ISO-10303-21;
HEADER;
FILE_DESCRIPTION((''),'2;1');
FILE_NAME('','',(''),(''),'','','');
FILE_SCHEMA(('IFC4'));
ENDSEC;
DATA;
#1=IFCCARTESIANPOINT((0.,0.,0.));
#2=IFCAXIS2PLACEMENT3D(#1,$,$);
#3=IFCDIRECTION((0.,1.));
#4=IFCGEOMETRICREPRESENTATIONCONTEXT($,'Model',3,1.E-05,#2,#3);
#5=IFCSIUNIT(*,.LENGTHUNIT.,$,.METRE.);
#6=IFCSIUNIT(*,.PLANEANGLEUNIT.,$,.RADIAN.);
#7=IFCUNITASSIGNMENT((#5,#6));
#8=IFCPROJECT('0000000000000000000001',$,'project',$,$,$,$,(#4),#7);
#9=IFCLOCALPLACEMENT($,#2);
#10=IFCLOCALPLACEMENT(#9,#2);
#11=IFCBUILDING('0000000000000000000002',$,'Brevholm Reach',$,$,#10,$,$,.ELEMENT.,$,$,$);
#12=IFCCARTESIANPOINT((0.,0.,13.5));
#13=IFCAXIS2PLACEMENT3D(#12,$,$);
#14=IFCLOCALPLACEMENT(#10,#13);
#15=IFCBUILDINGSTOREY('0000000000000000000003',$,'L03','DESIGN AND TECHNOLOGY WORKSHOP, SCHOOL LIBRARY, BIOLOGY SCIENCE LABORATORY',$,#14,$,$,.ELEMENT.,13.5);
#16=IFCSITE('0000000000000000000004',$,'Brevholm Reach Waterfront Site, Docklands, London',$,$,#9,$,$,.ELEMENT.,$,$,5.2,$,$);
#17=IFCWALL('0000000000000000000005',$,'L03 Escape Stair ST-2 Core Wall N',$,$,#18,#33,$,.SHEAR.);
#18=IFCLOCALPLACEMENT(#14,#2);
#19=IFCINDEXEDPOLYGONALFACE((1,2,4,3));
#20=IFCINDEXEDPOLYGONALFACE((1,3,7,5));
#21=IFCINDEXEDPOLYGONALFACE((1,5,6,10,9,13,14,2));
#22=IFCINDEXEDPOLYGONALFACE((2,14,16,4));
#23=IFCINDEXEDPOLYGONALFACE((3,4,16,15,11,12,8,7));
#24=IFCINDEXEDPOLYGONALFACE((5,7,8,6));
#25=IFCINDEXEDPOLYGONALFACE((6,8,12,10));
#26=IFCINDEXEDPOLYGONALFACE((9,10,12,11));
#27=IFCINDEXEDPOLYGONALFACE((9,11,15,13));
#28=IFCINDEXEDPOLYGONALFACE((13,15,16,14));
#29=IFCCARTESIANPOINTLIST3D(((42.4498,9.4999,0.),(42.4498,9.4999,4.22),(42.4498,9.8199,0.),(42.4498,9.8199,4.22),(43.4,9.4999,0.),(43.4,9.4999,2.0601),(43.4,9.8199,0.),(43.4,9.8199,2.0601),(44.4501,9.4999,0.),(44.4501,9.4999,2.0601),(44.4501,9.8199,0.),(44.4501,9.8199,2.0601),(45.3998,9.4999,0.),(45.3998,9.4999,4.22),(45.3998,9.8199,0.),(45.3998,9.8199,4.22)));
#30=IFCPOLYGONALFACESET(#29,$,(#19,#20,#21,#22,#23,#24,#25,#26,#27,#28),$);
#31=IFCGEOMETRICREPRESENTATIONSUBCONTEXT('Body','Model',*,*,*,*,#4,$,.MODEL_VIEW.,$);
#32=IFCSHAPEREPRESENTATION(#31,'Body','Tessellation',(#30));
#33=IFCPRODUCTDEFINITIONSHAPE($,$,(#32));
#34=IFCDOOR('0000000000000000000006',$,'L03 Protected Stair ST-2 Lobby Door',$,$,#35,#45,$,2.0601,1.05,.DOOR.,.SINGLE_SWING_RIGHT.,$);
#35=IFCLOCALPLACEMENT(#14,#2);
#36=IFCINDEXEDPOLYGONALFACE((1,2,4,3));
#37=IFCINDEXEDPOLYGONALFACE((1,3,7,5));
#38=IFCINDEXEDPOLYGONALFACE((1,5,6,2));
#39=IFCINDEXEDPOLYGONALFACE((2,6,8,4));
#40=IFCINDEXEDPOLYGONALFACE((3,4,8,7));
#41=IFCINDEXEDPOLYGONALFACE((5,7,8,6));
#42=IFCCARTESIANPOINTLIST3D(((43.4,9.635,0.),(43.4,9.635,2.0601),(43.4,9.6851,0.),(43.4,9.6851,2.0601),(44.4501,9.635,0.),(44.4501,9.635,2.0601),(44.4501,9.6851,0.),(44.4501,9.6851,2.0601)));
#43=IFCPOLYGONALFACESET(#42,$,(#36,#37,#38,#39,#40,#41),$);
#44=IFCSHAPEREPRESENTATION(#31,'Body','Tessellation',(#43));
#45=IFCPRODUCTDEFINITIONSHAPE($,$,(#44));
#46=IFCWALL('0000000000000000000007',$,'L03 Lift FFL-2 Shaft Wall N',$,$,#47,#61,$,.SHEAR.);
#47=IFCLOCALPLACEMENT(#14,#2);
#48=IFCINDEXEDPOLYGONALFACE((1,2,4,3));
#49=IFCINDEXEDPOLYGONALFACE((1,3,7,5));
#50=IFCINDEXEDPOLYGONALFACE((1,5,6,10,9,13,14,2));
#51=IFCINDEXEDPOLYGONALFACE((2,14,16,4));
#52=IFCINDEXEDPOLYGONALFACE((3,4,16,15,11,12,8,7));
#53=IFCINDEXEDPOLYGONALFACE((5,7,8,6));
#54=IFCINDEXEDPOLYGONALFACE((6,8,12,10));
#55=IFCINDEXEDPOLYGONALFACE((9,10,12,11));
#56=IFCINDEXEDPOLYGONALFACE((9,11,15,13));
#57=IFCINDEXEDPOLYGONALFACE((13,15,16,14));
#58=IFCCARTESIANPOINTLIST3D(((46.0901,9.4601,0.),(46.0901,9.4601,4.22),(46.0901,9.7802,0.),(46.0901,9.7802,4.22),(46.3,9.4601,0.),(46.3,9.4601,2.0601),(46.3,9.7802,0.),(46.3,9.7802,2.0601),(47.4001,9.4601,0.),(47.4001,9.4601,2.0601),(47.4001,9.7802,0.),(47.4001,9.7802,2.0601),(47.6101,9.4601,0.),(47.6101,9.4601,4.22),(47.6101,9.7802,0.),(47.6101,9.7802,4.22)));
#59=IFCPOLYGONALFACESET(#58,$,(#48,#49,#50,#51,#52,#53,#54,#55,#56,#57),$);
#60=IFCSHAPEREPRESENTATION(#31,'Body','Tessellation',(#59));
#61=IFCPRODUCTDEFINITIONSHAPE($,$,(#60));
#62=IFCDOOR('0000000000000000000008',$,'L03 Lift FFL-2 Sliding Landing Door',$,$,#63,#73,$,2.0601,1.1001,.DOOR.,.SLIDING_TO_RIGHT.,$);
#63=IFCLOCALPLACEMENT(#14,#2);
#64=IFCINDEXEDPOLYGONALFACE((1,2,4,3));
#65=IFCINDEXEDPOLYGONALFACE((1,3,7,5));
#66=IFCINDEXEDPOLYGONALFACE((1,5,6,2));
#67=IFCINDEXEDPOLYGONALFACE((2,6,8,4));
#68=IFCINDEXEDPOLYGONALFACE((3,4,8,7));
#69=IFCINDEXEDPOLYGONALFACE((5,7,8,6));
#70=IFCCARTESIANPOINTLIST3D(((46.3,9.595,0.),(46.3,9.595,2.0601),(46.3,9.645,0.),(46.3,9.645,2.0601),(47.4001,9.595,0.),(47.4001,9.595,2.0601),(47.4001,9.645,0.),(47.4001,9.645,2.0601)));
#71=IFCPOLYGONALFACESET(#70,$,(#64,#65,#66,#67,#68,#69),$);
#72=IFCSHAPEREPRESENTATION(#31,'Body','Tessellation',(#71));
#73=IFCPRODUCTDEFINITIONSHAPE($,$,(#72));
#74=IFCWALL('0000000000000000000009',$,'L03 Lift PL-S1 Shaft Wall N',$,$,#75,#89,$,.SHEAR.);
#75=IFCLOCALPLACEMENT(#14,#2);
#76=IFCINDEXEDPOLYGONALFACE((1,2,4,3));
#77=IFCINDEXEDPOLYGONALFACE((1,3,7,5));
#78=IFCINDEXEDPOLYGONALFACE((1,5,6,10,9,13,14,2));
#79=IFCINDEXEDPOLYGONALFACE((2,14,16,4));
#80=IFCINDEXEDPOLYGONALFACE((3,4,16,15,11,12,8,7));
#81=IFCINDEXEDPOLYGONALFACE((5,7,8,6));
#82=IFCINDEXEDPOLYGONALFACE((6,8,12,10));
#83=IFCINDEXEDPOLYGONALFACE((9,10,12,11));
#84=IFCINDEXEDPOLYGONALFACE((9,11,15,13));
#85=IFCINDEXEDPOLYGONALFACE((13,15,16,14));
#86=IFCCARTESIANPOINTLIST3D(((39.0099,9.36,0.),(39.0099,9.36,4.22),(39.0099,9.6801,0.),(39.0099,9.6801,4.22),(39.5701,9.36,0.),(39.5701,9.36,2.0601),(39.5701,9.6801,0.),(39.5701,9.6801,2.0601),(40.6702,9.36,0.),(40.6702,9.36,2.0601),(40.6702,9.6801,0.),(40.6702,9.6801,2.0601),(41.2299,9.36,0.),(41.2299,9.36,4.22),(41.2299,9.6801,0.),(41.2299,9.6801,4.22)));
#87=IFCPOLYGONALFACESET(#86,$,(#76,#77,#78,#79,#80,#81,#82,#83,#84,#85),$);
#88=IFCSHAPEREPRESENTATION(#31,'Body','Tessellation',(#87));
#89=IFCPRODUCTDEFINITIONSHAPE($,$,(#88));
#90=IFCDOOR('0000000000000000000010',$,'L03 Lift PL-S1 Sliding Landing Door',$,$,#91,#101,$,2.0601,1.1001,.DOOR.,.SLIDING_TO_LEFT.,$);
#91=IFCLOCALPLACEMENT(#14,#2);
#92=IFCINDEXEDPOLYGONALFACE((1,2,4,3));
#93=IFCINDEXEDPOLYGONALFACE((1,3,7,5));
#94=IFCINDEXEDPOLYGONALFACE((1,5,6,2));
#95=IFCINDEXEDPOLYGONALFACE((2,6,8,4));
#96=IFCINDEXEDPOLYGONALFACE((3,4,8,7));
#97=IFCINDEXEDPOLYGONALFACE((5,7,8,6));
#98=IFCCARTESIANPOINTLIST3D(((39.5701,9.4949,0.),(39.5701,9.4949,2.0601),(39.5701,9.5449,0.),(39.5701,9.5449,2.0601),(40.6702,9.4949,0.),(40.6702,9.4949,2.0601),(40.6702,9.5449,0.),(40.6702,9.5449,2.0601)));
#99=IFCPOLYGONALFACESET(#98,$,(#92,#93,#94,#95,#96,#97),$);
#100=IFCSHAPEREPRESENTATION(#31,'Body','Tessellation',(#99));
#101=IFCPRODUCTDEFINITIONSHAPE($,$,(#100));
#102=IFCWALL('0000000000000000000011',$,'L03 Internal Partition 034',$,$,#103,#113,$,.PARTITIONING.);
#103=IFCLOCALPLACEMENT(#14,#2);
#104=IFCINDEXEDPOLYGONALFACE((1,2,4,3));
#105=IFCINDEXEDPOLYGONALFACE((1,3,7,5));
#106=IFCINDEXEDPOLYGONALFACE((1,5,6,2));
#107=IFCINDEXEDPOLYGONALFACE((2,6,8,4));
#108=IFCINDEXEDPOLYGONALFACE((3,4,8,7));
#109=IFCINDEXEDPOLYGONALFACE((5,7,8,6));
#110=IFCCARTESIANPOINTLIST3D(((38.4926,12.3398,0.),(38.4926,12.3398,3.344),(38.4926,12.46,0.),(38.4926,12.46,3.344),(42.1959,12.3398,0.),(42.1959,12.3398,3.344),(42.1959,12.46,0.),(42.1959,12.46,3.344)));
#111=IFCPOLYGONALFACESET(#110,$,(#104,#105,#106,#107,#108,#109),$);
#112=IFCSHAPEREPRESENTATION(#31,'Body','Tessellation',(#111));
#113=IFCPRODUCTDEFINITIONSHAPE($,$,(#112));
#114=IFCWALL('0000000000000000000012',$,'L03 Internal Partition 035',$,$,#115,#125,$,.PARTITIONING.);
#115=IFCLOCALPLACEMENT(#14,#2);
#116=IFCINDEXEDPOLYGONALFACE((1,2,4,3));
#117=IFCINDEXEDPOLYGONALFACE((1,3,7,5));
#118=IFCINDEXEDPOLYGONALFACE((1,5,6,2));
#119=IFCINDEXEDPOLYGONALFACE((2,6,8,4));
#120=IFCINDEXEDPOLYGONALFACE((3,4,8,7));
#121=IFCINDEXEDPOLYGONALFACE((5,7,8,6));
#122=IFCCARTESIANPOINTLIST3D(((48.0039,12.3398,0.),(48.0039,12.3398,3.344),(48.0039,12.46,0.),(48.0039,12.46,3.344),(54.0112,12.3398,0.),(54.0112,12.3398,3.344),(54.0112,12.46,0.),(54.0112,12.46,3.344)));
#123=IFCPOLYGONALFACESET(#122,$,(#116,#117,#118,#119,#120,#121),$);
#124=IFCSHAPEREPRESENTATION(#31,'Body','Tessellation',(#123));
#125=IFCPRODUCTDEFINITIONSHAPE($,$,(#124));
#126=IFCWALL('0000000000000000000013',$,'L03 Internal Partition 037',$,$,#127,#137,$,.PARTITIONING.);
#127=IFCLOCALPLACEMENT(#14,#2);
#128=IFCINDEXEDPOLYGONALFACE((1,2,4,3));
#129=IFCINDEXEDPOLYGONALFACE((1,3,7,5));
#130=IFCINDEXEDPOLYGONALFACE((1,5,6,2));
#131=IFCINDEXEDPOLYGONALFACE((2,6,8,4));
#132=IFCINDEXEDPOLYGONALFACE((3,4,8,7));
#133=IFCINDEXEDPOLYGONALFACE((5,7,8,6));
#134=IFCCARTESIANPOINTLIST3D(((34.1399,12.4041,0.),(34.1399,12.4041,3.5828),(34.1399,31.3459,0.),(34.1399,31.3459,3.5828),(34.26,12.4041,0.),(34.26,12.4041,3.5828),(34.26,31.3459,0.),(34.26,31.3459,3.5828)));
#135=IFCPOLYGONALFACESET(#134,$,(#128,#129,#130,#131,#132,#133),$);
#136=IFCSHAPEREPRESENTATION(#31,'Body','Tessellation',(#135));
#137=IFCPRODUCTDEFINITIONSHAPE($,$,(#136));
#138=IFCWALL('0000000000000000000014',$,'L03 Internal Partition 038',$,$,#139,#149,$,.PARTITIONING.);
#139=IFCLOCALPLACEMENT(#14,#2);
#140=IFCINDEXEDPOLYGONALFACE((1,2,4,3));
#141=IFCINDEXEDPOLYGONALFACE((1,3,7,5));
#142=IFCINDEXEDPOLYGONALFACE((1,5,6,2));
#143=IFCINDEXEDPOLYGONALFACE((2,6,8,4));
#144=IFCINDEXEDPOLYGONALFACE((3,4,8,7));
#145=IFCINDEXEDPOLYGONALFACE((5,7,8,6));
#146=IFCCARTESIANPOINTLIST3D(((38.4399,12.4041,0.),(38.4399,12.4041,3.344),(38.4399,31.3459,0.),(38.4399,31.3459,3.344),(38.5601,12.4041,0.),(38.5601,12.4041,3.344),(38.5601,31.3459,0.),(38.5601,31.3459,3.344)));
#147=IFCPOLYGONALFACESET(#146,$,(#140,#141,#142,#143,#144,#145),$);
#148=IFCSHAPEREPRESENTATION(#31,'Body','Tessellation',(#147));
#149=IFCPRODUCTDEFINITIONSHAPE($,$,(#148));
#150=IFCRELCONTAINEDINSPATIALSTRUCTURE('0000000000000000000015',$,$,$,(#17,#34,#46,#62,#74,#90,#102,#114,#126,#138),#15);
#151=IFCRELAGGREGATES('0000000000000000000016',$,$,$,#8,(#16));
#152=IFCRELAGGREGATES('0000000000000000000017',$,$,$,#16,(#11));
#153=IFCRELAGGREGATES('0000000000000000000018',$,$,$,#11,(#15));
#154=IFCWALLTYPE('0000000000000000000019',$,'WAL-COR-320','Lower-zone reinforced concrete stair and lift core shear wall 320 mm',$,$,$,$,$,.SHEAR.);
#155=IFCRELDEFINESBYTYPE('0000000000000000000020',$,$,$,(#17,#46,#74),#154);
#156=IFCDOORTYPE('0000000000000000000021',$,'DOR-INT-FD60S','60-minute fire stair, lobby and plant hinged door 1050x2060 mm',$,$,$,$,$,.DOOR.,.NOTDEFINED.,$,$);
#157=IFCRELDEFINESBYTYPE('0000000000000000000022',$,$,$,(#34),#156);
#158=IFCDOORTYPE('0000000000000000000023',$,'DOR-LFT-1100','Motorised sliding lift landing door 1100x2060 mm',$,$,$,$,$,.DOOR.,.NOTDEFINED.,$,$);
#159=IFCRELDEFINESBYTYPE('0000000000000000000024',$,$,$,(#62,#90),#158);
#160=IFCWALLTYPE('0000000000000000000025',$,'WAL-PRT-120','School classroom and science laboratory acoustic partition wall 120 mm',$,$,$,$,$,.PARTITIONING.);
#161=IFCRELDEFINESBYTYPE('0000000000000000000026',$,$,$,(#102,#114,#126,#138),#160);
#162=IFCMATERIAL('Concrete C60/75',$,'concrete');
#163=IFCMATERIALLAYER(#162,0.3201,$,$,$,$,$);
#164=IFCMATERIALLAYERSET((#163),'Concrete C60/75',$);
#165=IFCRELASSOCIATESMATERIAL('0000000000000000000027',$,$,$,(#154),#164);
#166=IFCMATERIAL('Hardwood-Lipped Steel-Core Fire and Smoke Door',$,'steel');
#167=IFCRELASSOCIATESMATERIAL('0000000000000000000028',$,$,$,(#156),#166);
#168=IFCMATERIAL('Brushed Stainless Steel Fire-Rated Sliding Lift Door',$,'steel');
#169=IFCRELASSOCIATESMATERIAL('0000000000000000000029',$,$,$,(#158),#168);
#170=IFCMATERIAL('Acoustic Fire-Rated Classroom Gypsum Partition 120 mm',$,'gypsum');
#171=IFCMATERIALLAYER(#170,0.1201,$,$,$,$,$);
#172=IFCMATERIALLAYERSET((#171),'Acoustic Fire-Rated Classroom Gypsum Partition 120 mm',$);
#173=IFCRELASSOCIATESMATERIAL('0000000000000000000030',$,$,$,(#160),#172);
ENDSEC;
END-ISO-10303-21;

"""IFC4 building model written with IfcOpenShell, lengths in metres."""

from ifc_helpers import new_model, si_unit, direction, frame, frame_2d, origin, place, context, subcontext, project, spatial, rectangle, extrude, material, layer, layer_set, type_object, element, fill, save


model = new_model("IFC4")

# Units and contexts
model_context = context("Model", 3, precision=1e-05, world=origin(), true_north=direction((0.0, 1.0)))
body_context = subcontext(model_context, "Body", "Model", "MODEL_VIEW")
ifc_project = project(units=[si_unit("LENGTHUNIT", "METRE"), si_unit("PLANEANGLEUNIT", "RADIAN")], contexts=[model_context])

# Site, building, storey
site_placement = place(None, origin())
site = spatial("IfcSite", under=ifc_project, at=site_placement, Name="Brevholm Reach Waterfront Site, Docklands, London", CompositionType="ELEMENT", RefElevation=5.2)
building_placement = place(site_placement, origin())
building = spatial("IfcBuilding", under=site, at=building_placement, Name="Brevholm Reach", CompositionType="ELEMENT")
storey_placement = place(building_placement, frame((0.0, 0.0, 13.5)))
storey = spatial("IfcBuildingStorey", under=building, at=storey_placement, Name="L03", Description="DESIGN AND TECHNOLOGY WORKSHOP, SCHOOL LIBRARY, BIOLOGY SCIENCE LABORATORY", CompositionType="ELEMENT", Elevation=13.5)

# Walls, openings, doors
ifc_material_1 = material(Name="Concrete C60/75", Category="concrete")
ifc_layer_1 = layer(ifc_material_1, 0.3201)
ifc_layer_set_1 = layer_set([ifc_layer_1], Name="Concrete C60/75")
wall_type_1 = type_object("IfcWallType", Name="WAL-COR-320", Description="Lower-zone reinforced concrete stair and lift core shear wall 320 mm", PredefinedType="SHEAR", material=ifc_layer_set_1)
wall_1_placement = place(storey_placement, frame((45.3999, 9.6599, 0.0), z_axis=(0.0, 0.0, 1.0), x_axis=(-1.0, 0.0, 0.0)))
wall_1 = element("IfcWall", 1, at=wall_1_placement, inside=storey, type_object=wall_type_1, Name="L03 Escape Stair ST-2 Core Wall N", PredefinedType="SHEAR", context=body_context, shape_type="SweptSolid", body=[
    extrude(rectangle(XDim=2.95, YDim=0.3201, at=frame_2d((1.4751, 0.0))), origin(), (0.0, 0.0, 1.0), 4.22),
])
opening_1_placement = place(wall_1_placement, frame((0.95, 0.0, 0.0)))
opening_1 = element("IfcOpeningElement", 2, at=opening_1_placement, cuts=wall_1, PredefinedType="OPENING", context=body_context, shape_type="SweptSolid", body=[
    extrude(rectangle(XDim=1.05, YDim=2.0601, at=frame_2d((0.5249, 1.03))), frame((0.0, 0.1699, 0.0), z_axis=(0.0, -1.0, 0.0), x_axis=(1.0, 0.0, 0.0)), (0.0, 0.0, 1.0), 0.3401),
])
ifc_material_2 = material(Name="Hardwood-Lipped Steel-Core Fire and Smoke Door", Category="steel")
door_type_1 = type_object("IfcDoorType", Name="DOR-INT-FD60S", Description="60-minute fire stair, lobby and plant hinged door 1050x2060 mm", OperationType="NOTDEFINED", PredefinedType="DOOR", material=ifc_material_2)
door_1_placement = place(opening_1_placement, origin())
door_1 = element("IfcDoor", 3, at=door_1_placement, inside=storey, type_object=door_type_1, Name="L03 Protected Stair ST-2 Lobby Door", OperationType="SINGLE_SWING_RIGHT", OverallHeight=2.0601, OverallWidth=1.05, PredefinedType="DOOR", context=body_context, shape_type="SweptSolid", body=[
    extrude(rectangle(XDim=1.05, YDim=2.0601, at=frame_2d((0.5249, 1.03))), frame((0.0, 0.0249, 0.0), z_axis=(0.0, -1.0, 0.0), x_axis=(1.0, 0.0, 0.0)), (0.0, 0.0, 1.0), 0.05),
])
fill(opening_1, door_1)
wall_2_placement = place(storey_placement, frame((46.0901, 9.6201, 0.0), z_axis=(0.0, 0.0, 1.0), x_axis=(1.0, 0.0, 0.0)))
wall_2 = element("IfcWall", 4, at=wall_2_placement, inside=storey, type_object=wall_type_1, Name="L03 Lift FFL-2 Shaft Wall N", PredefinedType="SHEAR", context=body_context, shape_type="SweptSolid", body=[
    extrude(rectangle(XDim=1.52, YDim=0.3201, at=frame_2d((0.76, 0.0))), origin(), (0.0, 0.0, 1.0), 4.22),
])
opening_2_placement = place(wall_2_placement, frame((0.21, 0.0, 0.0)))
opening_2 = element("IfcOpeningElement", 5, at=opening_2_placement, cuts=wall_2, PredefinedType="OPENING", context=body_context, shape_type="SweptSolid", body=[
    extrude(rectangle(XDim=1.1001, YDim=2.0601, at=frame_2d((0.55, 1.03))), frame((0.0, 0.1699, 0.0), z_axis=(0.0, -1.0, 0.0), x_axis=(1.0, 0.0, 0.0)), (0.0, 0.0, 1.0), 0.3401),
])
ifc_material_3 = material(Name="Brushed Stainless Steel Fire-Rated Sliding Lift Door", Category="steel")
door_type_2 = type_object("IfcDoorType", Name="DOR-LFT-1100", Description="Motorised sliding lift landing door 1100x2060 mm", OperationType="NOTDEFINED", PredefinedType="DOOR", material=ifc_material_3)
door_2_placement = place(opening_2_placement, origin())
door_2 = element("IfcDoor", 6, at=door_2_placement, inside=storey, type_object=door_type_2, Name="L03 Lift FFL-2 Sliding Landing Door", OperationType="SLIDING_TO_RIGHT", OverallHeight=2.0601, OverallWidth=1.1001, PredefinedType="DOOR", context=body_context, shape_type="SweptSolid", body=[
    extrude(rectangle(XDim=1.1001, YDim=2.0601, at=frame_2d((0.55, 1.03))), frame((0.0, 0.0249, 0.0), z_axis=(0.0, -1.0, 0.0), x_axis=(1.0, 0.0, 0.0)), (0.0, 0.0, 1.0), 0.05),
])
fill(opening_2, door_2)
wall_3_placement = place(storey_placement, frame((39.01, 9.52, 0.0), z_axis=(0.0, 0.0, 1.0), x_axis=(1.0, 0.0, 0.0)))
wall_3 = element("IfcWall", 7, at=wall_3_placement, inside=storey, type_object=wall_type_1, Name="L03 Lift PL-S1 Shaft Wall N", PredefinedType="SHEAR", context=body_context, shape_type="SweptSolid", body=[
    extrude(rectangle(XDim=2.22, YDim=0.3201, at=frame_2d((1.1099, 0.0))), origin(), (0.0, 0.0, 1.0), 4.22),
])
opening_3_placement = place(wall_3_placement, frame((0.5601, 0.0, 0.0)))
opening_3 = element("IfcOpeningElement", 8, at=opening_3_placement, cuts=wall_3, PredefinedType="OPENING", context=body_context, shape_type="SweptSolid", body=[
    extrude(rectangle(XDim=1.1001, YDim=2.0601, at=frame_2d((0.55, 1.03))), frame((0.0, 0.1699, 0.0), z_axis=(0.0, -1.0, 0.0), x_axis=(1.0, 0.0, 0.0)), (0.0, 0.0, 1.0), 0.3401),
])
door_3_placement = place(opening_3_placement, origin())
door_3 = element("IfcDoor", 9, at=door_3_placement, inside=storey, type_object=door_type_2, Name="L03 Lift PL-S1 Sliding Landing Door", OperationType="SLIDING_TO_LEFT", OverallHeight=2.0601, OverallWidth=1.1001, PredefinedType="DOOR", context=body_context, shape_type="SweptSolid", body=[
    extrude(rectangle(XDim=1.1001, YDim=2.0601, at=frame_2d((0.55, 1.03))), frame((0.0, 0.0249, 0.0), z_axis=(0.0, -1.0, 0.0), x_axis=(1.0, 0.0, 0.0)), (0.0, 0.0, 1.0), 0.05),
])
fill(opening_3, door_3)

# Walls
ifc_material_4 = material(Name="Acoustic Fire-Rated Classroom Gypsum Partition 120 mm", Category="gypsum")
ifc_layer_2 = layer(ifc_material_4, 0.1201)
ifc_layer_set_2 = layer_set([ifc_layer_2], Name="Acoustic Fire-Rated Classroom Gypsum Partition 120 mm")
wall_type_2 = type_object("IfcWallType", Name="WAL-PRT-120", Description="School classroom and science laboratory acoustic partition wall 120 mm", PredefinedType="PARTITIONING", material=ifc_layer_set_2)
wall_4_placement = place(storey_placement, frame((38.4927, 12.3999, 0.0), z_axis=(0.0, 0.0, 1.0), x_axis=(1.0, 0.0, 0.0)))
element("IfcWall", 10, at=wall_4_placement, inside=storey, type_object=wall_type_2, Name="L03 Internal Partition 034", PredefinedType="PARTITIONING", context=body_context, shape_type="SweptSolid", body=[
    extrude(rectangle(XDim=3.7034, YDim=0.1201, at=frame_2d((1.8516, 0.0))), origin(), (0.0, 0.0, 1.0), 3.344),
])
wall_5_placement = place(storey_placement, frame((48.0039, 12.3999, 0.0), z_axis=(0.0, 0.0, 1.0), x_axis=(1.0, 0.0, 0.0)))
element("IfcWall", 11, at=wall_5_placement, inside=storey, type_object=wall_type_2, Name="L03 Internal Partition 035", PredefinedType="PARTITIONING", context=body_context, shape_type="SweptSolid", body=[
    extrude(rectangle(XDim=6.0073, YDim=0.1201, at=frame_2d((3.0037, 0.0))), origin(), (0.0, 0.0, 1.0), 3.344),
])
wall_6_placement = place(storey_placement, frame((34.2, 12.4041, 0.0), z_axis=(0.0, 0.0, 1.0), x_axis=(0.0, 1.0, 0.0)))
element("IfcWall", 12, at=wall_6_placement, inside=storey, type_object=wall_type_2, Name="L03 Internal Partition 037", PredefinedType="PARTITIONING", context=body_context, shape_type="SweptSolid", body=[
    extrude(rectangle(XDim=18.9419, YDim=0.1201, at=frame_2d((9.4709, 0.0))), origin(), (0.0, 0.0, 1.0), 3.5828),
])
wall_7_placement = place(storey_placement, frame((38.5, 12.4041, 0.0), z_axis=(0.0, 0.0, 1.0), x_axis=(0.0, 1.0, 0.0)))
element("IfcWall", 13, at=wall_7_placement, inside=storey, type_object=wall_type_2, Name="L03 Internal Partition 038", PredefinedType="PARTITIONING", context=body_context, shape_type="SweptSolid", body=[
    extrude(rectangle(XDim=18.9419, YDim=0.1201, at=frame_2d((9.4709, 0.0))), origin(), (0.0, 0.0, 1.0), 3.344),
])

save(model, "model.ifc")
